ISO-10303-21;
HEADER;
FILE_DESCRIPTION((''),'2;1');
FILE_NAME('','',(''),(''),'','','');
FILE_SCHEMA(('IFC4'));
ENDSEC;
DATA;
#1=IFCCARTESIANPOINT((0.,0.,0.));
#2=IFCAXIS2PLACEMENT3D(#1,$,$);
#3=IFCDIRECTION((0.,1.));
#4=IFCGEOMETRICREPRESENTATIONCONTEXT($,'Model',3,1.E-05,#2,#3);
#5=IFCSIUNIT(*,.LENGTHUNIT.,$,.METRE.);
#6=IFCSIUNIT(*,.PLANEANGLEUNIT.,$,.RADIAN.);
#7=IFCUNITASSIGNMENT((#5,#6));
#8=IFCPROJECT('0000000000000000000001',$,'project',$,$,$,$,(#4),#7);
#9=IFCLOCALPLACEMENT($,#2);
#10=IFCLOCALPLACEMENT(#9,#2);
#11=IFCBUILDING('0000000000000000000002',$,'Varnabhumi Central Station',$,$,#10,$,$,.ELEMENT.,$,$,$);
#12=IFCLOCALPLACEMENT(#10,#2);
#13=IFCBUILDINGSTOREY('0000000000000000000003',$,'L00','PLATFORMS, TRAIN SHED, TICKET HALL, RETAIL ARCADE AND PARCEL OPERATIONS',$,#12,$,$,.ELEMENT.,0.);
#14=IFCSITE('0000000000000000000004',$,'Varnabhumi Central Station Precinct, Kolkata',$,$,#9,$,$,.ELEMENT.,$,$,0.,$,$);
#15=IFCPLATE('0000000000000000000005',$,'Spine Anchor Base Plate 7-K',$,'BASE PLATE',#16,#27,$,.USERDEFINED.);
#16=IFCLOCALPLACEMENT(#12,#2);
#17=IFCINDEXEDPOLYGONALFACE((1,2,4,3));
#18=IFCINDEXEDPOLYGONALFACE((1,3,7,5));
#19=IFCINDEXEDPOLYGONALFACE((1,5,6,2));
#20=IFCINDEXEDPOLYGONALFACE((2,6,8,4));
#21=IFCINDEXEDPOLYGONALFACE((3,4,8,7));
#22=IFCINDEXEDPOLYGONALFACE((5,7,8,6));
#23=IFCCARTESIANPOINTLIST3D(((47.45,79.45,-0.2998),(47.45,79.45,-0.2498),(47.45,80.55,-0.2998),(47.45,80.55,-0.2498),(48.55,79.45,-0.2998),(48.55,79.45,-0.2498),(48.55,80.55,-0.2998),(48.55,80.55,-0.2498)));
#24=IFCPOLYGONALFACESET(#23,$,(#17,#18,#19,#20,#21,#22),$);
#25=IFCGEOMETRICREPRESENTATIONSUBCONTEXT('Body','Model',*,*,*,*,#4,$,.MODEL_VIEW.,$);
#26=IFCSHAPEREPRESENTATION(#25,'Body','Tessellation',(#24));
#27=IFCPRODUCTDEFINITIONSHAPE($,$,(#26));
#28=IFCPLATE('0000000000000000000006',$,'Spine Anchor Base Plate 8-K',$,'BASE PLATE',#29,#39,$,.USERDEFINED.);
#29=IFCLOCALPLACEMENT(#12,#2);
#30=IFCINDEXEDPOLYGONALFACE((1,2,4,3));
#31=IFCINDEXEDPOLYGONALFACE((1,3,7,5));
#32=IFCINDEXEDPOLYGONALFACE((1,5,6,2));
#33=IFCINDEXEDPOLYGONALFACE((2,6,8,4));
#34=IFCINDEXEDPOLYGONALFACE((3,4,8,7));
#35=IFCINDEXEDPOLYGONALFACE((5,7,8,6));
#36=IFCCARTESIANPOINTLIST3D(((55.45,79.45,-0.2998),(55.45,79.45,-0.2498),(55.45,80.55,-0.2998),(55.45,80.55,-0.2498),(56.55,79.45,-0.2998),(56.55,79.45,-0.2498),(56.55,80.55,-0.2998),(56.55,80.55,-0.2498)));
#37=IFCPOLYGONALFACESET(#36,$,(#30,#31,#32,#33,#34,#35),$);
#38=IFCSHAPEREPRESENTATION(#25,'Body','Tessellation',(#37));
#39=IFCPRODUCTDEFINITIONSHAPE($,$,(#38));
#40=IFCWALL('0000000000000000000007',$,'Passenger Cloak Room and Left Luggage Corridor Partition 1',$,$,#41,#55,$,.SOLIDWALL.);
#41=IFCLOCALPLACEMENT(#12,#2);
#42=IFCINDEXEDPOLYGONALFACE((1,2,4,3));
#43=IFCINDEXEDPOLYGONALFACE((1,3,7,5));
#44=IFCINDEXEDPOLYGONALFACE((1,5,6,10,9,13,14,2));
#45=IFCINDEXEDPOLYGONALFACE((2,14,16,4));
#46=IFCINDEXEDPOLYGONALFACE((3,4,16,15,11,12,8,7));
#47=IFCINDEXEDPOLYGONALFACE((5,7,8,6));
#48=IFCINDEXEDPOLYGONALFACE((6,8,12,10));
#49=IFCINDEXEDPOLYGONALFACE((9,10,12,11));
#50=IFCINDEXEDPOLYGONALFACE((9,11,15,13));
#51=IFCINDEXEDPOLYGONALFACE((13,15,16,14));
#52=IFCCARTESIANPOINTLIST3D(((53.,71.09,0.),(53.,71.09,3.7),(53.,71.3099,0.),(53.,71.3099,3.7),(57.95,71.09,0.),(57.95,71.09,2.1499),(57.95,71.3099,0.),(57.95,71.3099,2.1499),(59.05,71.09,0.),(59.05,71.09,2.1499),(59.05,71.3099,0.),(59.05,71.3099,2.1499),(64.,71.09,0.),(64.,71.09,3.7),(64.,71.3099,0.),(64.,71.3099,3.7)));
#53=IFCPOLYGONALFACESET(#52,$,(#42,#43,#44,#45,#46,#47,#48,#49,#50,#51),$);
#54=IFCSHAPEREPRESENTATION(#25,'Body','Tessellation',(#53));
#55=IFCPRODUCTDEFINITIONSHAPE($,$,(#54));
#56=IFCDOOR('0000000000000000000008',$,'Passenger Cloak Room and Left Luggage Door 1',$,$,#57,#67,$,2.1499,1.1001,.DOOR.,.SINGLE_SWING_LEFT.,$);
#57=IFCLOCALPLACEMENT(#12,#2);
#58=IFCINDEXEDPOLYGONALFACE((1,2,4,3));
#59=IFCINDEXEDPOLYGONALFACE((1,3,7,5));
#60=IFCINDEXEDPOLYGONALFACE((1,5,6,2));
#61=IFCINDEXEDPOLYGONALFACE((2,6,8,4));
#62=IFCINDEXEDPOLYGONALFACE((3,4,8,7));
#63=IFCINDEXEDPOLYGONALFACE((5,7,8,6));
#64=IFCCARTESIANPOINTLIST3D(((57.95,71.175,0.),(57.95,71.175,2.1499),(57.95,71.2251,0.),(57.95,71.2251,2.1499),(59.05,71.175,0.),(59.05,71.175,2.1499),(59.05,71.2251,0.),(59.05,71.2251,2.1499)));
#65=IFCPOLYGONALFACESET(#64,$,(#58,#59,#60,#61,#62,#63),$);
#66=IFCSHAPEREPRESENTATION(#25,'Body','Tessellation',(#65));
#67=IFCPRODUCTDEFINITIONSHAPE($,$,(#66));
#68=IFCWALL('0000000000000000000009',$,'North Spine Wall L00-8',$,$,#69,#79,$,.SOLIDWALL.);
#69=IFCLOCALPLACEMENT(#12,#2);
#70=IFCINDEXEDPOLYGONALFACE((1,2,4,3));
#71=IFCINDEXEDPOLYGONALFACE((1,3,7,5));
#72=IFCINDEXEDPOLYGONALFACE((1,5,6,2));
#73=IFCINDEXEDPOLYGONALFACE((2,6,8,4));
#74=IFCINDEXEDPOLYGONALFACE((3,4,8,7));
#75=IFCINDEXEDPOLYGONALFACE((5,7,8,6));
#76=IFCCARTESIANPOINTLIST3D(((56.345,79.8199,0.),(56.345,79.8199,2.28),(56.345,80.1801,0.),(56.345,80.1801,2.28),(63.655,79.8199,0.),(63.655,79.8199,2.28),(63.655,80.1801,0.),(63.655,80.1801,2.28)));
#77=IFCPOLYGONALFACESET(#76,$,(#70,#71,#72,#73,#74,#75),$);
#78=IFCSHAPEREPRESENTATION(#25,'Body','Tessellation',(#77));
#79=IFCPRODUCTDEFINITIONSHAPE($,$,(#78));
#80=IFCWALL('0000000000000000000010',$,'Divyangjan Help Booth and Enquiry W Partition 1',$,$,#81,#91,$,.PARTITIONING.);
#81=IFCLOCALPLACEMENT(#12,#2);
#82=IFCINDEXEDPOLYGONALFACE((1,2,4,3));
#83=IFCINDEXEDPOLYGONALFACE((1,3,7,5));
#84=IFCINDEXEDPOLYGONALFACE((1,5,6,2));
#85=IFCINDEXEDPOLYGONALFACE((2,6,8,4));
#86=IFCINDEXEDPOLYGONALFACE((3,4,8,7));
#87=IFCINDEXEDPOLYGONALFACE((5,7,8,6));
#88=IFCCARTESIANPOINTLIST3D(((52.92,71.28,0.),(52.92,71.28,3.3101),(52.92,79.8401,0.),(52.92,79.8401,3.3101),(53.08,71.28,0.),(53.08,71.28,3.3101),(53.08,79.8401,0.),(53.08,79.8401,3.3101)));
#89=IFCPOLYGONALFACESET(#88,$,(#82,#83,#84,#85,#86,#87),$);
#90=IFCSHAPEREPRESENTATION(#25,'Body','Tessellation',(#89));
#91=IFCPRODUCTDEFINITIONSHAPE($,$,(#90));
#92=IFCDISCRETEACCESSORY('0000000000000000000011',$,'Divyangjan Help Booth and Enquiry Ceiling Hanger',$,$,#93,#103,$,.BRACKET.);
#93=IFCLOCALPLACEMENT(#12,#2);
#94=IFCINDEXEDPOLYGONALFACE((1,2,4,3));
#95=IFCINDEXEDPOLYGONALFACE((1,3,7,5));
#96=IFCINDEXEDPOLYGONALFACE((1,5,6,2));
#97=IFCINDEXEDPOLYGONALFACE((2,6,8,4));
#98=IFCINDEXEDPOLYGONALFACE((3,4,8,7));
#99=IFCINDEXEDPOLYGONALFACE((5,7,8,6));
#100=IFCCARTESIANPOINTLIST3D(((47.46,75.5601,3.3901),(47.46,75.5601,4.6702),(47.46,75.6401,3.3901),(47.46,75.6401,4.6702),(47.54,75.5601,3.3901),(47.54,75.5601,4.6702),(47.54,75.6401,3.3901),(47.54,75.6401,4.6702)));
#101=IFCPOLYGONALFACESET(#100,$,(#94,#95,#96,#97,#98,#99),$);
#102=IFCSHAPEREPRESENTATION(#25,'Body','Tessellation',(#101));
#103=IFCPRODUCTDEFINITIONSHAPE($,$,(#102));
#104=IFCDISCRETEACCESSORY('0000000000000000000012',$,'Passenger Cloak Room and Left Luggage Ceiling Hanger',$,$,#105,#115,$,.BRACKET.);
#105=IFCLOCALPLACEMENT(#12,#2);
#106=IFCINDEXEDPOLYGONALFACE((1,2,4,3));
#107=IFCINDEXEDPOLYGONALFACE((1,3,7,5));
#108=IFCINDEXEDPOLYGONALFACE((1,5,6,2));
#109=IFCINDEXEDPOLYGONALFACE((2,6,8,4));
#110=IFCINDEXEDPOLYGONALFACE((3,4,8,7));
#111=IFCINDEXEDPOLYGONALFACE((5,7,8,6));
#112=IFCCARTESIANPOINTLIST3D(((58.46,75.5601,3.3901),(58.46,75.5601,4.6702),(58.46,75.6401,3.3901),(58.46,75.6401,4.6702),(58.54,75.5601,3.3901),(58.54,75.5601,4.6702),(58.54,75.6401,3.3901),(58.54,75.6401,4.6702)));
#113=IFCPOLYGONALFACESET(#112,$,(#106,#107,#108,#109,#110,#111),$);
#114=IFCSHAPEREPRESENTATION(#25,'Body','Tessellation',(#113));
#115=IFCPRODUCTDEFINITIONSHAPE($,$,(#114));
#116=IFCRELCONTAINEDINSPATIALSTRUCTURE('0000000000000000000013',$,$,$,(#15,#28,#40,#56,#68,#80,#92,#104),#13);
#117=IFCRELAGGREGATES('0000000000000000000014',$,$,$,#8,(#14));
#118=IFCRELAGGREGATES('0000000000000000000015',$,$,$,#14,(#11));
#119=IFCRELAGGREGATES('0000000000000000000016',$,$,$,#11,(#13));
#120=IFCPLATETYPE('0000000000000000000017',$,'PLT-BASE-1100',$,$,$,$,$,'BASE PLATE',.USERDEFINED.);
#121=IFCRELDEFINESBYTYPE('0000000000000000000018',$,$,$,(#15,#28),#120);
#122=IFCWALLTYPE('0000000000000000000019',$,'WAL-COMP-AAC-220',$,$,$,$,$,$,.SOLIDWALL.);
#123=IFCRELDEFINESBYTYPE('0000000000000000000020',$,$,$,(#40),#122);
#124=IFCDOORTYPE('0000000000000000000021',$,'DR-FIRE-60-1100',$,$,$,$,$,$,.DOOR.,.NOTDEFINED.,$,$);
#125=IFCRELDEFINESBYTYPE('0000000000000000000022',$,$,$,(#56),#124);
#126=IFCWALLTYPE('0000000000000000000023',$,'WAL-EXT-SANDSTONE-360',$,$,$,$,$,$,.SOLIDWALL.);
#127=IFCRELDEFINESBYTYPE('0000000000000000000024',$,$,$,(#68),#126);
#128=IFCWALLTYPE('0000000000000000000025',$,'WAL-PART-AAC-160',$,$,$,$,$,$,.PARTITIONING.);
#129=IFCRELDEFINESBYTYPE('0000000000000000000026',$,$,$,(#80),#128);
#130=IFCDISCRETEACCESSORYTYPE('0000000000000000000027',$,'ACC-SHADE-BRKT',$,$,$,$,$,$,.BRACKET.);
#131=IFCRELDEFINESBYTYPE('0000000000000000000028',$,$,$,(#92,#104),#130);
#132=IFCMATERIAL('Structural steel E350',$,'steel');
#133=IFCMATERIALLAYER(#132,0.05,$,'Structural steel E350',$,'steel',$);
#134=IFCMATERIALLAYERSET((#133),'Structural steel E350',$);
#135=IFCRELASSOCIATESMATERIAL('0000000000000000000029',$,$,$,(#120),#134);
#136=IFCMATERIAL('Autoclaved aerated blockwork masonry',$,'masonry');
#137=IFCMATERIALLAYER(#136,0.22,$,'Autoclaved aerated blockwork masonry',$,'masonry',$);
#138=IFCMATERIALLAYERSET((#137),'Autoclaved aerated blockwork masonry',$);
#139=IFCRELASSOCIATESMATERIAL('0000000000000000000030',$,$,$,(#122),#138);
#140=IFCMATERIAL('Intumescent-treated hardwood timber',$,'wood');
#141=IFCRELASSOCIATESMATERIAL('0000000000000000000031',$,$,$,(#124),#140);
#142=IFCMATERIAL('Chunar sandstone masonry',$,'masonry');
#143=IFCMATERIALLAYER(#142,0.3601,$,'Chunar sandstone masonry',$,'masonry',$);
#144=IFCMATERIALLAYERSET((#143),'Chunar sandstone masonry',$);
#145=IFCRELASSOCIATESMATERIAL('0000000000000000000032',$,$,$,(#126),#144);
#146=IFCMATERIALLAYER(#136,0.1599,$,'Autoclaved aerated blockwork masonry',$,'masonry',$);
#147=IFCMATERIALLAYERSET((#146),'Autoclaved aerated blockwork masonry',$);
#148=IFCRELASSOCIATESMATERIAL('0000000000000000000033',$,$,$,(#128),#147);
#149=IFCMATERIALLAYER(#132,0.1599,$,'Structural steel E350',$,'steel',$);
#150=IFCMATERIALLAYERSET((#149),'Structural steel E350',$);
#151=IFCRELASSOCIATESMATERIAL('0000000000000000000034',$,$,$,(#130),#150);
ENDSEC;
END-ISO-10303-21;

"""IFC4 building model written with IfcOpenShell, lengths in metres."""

from ifc_helpers import new_model, si_unit, direction, frame, frame_2d, origin, origin_2d, place, context, subcontext, project, spatial, rectangle, extrude, material, layer, layer_set, type_object, element, fill, save


model = new_model("IFC4")

# Units and contexts
model_context = context("Model", 3, precision=1e-05, world=origin(), true_north=direction((0.0, 1.0)))
body_context = subcontext(model_context, "Body", "Model", "MODEL_VIEW")
ifc_project = project(units=[si_unit("LENGTHUNIT", "METRE"), si_unit("PLANEANGLEUNIT", "RADIAN")], contexts=[model_context])

# Site, building, storey
site_placement = place(None, origin())
site = spatial("IfcSite", under=ifc_project, at=site_placement, Name="Varnabhumi Central Station Precinct, Kolkata", CompositionType="ELEMENT", RefElevation=0.0)
building_placement = place(site_placement, origin())
building = spatial("IfcBuilding", under=site, at=building_placement, Name="Varnabhumi Central Station", CompositionType="ELEMENT")
storey_placement = place(building_placement, origin())
storey = spatial("IfcBuildingStorey", under=building, at=storey_placement, Name="L00", Description="PLATFORMS, TRAIN SHED, TICKET HALL, RETAIL ARCADE AND PARCEL OPERATIONS", CompositionType="ELEMENT", Elevation=0.0)

# Plates
ifc_material_1 = material(Name="Structural steel E350", Category="steel")
ifc_layer_1 = layer(ifc_material_1, 0.05, Name="Structural steel E350", Category="steel")
ifc_layer_set_1 = layer_set([ifc_layer_1], Name="Structural steel E350")
plate_type_1 = type_object("IfcPlateType", Name="PLT-BASE-1100", ElementType="BASE PLATE", PredefinedType="USERDEFINED", material=ifc_layer_set_1)
for number, where, z_axis, x_axis, name in (
    (1, (48.0, 80.0, -0.2998), (0.0, 0.0, 1.0), (1.0, 0.0, 0.0), "Spine Anchor Base Plate 7-K"),
    (2, (56.0, 80.0, -0.2998), (0.0, 0.0, 1.0), (1.0, 0.0, 0.0), "Spine Anchor Base Plate 8-K"),
):
    element("IfcPlate", number, at=place(storey_placement, frame(where, z_axis=z_axis, x_axis=x_axis)), inside=storey, type_object=plate_type_1, Name=name, ObjectType="BASE PLATE", PredefinedType="USERDEFINED", context=body_context, shape_type="SweptSolid", body=[
        extrude(rectangle(XDim=1.1001, YDim=1.1001, at=origin_2d()), origin(), (0.0, 0.0, 1.0), 0.05),
    ])

# Wall, opening, door
ifc_material_2 = material(Name="Autoclaved aerated blockwork masonry", Category="masonry")
ifc_layer_2 = layer(ifc_material_2, 0.22, Name="Autoclaved aerated blockwork masonry", Category="masonry")
ifc_layer_set_2 = layer_set([ifc_layer_2], Name="Autoclaved aerated blockwork masonry")
wall_type_1 = type_object("IfcWallType", Name="WAL-COMP-AAC-220", PredefinedType="SOLIDWALL", material=ifc_layer_set_2)
wall_1_placement = place(storey_placement, frame((53.0, 71.2, 0.0), z_axis=(0.0, 0.0, 1.0), x_axis=(1.0, 0.0, 0.0)))
wall_1 = element("IfcWall", 3, at=wall_1_placement, inside=storey, type_object=wall_type_1, Name="Passenger Cloak Room and Left Luggage Corridor Partition 1", PredefinedType="SOLIDWALL", context=body_context, shape_type="SweptSolid", body=[
    extrude(rectangle(XDim=11.0, YDim=0.22, at=frame_2d((5.5, 0.0))), origin(), (0.0, 0.0, 1.0), 3.7),
])
opening_placement = place(wall_1_placement, frame((4.95, 0.0, 0.0)))
opening = element("IfcOpeningElement", 4, at=opening_placement, cuts=wall_1, PredefinedType="OPENING", context=body_context, shape_type="SweptSolid", body=[
    extrude(rectangle(XDim=1.1001, YDim=2.1499, at=frame_2d((0.55, 1.075))), frame((0.0, 0.1199, 0.0), z_axis=(0.0, -1.0, 0.0), x_axis=(1.0, 0.0, 0.0)), (0.0, 0.0, 1.0), 0.24),
])
ifc_material_3 = material(Name="Intumescent-treated hardwood timber", Category="wood")
door_type = type_object("IfcDoorType", Name="DR-FIRE-60-1100", OperationType="NOTDEFINED", PredefinedType="DOOR", material=ifc_material_3)
door_placement = place(opening_placement, frame((1.1001, 0.0, 0.0), z_axis=(0.0, 0.0, 1.0), x_axis=(-1.0, 0.0, 0.0)))
door = element("IfcDoor", 5, at=door_placement, inside=storey, type_object=door_type, Name="Passenger Cloak Room and Left Luggage Door 1", OperationType="SINGLE_SWING_LEFT", OverallHeight=2.1499, OverallWidth=1.1001, PredefinedType="DOOR", context=body_context, shape_type="SweptSolid", body=[
    extrude(rectangle(XDim=1.1001, YDim=2.1499, at=frame_2d((0.55, 1.075))), frame((0.0, 0.0249, 0.0), z_axis=(0.0, -1.0, 0.0), x_axis=(1.0, 0.0, 0.0)), (0.0, 0.0, 1.0), 0.05),
])
fill(opening, door)

# Walls
ifc_material_4 = material(Name="Chunar sandstone masonry", Category="masonry")
ifc_layer_3 = layer(ifc_material_4, 0.3601, Name="Chunar sandstone masonry", Category="masonry")
ifc_layer_set_3 = layer_set([ifc_layer_3], Name="Chunar sandstone masonry")
wall_type_2 = type_object("IfcWallType", Name="WAL-EXT-SANDSTONE-360", PredefinedType="SOLIDWALL", material=ifc_layer_set_3)
wall_2_placement = place(storey_placement, frame((56.345, 80.0, 0.0), z_axis=(0.0, 0.0, 1.0), x_axis=(1.0, 0.0, 0.0)))
element("IfcWall", 6, at=wall_2_placement, inside=storey, type_object=wall_type_2, Name="North Spine Wall L00-8", PredefinedType="SOLIDWALL", context=body_context, shape_type="SweptSolid", body=[
    extrude(rectangle(XDim=7.3101, YDim=0.3601, at=frame_2d((3.655, 0.0))), origin(), (0.0, 0.0, 1.0), 2.28),
])
ifc_layer_4 = layer(ifc_material_2, 0.1599, Name="Autoclaved aerated blockwork masonry", Category="masonry")
ifc_layer_set_4 = layer_set([ifc_layer_4], Name="Autoclaved aerated blockwork masonry")
wall_type_3 = type_object("IfcWallType", Name="WAL-PART-AAC-160", PredefinedType="PARTITIONING", material=ifc_layer_set_4)
wall_3_placement = place(storey_placement, frame((53.0, 71.28, 0.0), z_axis=(0.0, 0.0, 1.0), x_axis=(0.0, 1.0, 0.0)))
element("IfcWall", 7, at=wall_3_placement, inside=storey, type_object=wall_type_3, Name="Divyangjan Help Booth and Enquiry W Partition 1", PredefinedType="PARTITIONING", context=body_context, shape_type="SweptSolid", body=[
    extrude(rectangle(XDim=8.5601, YDim=0.1599, at=frame_2d((4.28, 0.0))), origin(), (0.0, 0.0, 1.0), 3.3101),
])

# Discrete accessories
ifc_layer_5 = layer(ifc_material_1, 0.1599, Name="Structural steel E350", Category="steel")
ifc_layer_set_5 = layer_set([ifc_layer_5], Name="Structural steel E350")
discrete_accessory_type = type_object("IfcDiscreteAccessoryType", Name="ACC-SHADE-BRKT", PredefinedType="BRACKET", material=ifc_layer_set_5)
for number, where, z_axis, x_axis, name in (
    (8, (47.5, 75.6001, 3.3901), (0.0, 0.0, 1.0), (1.0, 0.0, 0.0), "Divyangjan Help Booth and Enquiry Ceiling Hanger"),
    (9, (58.5, 75.6001, 3.3901), (0.0, 0.0, 1.0), (1.0, 0.0, 0.0), "Passenger Cloak Room and Left Luggage Ceiling Hanger"),
):
    element("IfcDiscreteAccessory", number, at=place(storey_placement, frame(where, z_axis=z_axis, x_axis=x_axis)), inside=storey, type_object=discrete_accessory_type, Name=name, PredefinedType="BRACKET", context=body_context, shape_type="SweptSolid", body=[
        extrude(rectangle(XDim=0.0801, YDim=0.0801, at=origin_2d()), origin(), (0.0, 0.0, 1.0), 1.28),
    ])

save(model, "model.ifc")
